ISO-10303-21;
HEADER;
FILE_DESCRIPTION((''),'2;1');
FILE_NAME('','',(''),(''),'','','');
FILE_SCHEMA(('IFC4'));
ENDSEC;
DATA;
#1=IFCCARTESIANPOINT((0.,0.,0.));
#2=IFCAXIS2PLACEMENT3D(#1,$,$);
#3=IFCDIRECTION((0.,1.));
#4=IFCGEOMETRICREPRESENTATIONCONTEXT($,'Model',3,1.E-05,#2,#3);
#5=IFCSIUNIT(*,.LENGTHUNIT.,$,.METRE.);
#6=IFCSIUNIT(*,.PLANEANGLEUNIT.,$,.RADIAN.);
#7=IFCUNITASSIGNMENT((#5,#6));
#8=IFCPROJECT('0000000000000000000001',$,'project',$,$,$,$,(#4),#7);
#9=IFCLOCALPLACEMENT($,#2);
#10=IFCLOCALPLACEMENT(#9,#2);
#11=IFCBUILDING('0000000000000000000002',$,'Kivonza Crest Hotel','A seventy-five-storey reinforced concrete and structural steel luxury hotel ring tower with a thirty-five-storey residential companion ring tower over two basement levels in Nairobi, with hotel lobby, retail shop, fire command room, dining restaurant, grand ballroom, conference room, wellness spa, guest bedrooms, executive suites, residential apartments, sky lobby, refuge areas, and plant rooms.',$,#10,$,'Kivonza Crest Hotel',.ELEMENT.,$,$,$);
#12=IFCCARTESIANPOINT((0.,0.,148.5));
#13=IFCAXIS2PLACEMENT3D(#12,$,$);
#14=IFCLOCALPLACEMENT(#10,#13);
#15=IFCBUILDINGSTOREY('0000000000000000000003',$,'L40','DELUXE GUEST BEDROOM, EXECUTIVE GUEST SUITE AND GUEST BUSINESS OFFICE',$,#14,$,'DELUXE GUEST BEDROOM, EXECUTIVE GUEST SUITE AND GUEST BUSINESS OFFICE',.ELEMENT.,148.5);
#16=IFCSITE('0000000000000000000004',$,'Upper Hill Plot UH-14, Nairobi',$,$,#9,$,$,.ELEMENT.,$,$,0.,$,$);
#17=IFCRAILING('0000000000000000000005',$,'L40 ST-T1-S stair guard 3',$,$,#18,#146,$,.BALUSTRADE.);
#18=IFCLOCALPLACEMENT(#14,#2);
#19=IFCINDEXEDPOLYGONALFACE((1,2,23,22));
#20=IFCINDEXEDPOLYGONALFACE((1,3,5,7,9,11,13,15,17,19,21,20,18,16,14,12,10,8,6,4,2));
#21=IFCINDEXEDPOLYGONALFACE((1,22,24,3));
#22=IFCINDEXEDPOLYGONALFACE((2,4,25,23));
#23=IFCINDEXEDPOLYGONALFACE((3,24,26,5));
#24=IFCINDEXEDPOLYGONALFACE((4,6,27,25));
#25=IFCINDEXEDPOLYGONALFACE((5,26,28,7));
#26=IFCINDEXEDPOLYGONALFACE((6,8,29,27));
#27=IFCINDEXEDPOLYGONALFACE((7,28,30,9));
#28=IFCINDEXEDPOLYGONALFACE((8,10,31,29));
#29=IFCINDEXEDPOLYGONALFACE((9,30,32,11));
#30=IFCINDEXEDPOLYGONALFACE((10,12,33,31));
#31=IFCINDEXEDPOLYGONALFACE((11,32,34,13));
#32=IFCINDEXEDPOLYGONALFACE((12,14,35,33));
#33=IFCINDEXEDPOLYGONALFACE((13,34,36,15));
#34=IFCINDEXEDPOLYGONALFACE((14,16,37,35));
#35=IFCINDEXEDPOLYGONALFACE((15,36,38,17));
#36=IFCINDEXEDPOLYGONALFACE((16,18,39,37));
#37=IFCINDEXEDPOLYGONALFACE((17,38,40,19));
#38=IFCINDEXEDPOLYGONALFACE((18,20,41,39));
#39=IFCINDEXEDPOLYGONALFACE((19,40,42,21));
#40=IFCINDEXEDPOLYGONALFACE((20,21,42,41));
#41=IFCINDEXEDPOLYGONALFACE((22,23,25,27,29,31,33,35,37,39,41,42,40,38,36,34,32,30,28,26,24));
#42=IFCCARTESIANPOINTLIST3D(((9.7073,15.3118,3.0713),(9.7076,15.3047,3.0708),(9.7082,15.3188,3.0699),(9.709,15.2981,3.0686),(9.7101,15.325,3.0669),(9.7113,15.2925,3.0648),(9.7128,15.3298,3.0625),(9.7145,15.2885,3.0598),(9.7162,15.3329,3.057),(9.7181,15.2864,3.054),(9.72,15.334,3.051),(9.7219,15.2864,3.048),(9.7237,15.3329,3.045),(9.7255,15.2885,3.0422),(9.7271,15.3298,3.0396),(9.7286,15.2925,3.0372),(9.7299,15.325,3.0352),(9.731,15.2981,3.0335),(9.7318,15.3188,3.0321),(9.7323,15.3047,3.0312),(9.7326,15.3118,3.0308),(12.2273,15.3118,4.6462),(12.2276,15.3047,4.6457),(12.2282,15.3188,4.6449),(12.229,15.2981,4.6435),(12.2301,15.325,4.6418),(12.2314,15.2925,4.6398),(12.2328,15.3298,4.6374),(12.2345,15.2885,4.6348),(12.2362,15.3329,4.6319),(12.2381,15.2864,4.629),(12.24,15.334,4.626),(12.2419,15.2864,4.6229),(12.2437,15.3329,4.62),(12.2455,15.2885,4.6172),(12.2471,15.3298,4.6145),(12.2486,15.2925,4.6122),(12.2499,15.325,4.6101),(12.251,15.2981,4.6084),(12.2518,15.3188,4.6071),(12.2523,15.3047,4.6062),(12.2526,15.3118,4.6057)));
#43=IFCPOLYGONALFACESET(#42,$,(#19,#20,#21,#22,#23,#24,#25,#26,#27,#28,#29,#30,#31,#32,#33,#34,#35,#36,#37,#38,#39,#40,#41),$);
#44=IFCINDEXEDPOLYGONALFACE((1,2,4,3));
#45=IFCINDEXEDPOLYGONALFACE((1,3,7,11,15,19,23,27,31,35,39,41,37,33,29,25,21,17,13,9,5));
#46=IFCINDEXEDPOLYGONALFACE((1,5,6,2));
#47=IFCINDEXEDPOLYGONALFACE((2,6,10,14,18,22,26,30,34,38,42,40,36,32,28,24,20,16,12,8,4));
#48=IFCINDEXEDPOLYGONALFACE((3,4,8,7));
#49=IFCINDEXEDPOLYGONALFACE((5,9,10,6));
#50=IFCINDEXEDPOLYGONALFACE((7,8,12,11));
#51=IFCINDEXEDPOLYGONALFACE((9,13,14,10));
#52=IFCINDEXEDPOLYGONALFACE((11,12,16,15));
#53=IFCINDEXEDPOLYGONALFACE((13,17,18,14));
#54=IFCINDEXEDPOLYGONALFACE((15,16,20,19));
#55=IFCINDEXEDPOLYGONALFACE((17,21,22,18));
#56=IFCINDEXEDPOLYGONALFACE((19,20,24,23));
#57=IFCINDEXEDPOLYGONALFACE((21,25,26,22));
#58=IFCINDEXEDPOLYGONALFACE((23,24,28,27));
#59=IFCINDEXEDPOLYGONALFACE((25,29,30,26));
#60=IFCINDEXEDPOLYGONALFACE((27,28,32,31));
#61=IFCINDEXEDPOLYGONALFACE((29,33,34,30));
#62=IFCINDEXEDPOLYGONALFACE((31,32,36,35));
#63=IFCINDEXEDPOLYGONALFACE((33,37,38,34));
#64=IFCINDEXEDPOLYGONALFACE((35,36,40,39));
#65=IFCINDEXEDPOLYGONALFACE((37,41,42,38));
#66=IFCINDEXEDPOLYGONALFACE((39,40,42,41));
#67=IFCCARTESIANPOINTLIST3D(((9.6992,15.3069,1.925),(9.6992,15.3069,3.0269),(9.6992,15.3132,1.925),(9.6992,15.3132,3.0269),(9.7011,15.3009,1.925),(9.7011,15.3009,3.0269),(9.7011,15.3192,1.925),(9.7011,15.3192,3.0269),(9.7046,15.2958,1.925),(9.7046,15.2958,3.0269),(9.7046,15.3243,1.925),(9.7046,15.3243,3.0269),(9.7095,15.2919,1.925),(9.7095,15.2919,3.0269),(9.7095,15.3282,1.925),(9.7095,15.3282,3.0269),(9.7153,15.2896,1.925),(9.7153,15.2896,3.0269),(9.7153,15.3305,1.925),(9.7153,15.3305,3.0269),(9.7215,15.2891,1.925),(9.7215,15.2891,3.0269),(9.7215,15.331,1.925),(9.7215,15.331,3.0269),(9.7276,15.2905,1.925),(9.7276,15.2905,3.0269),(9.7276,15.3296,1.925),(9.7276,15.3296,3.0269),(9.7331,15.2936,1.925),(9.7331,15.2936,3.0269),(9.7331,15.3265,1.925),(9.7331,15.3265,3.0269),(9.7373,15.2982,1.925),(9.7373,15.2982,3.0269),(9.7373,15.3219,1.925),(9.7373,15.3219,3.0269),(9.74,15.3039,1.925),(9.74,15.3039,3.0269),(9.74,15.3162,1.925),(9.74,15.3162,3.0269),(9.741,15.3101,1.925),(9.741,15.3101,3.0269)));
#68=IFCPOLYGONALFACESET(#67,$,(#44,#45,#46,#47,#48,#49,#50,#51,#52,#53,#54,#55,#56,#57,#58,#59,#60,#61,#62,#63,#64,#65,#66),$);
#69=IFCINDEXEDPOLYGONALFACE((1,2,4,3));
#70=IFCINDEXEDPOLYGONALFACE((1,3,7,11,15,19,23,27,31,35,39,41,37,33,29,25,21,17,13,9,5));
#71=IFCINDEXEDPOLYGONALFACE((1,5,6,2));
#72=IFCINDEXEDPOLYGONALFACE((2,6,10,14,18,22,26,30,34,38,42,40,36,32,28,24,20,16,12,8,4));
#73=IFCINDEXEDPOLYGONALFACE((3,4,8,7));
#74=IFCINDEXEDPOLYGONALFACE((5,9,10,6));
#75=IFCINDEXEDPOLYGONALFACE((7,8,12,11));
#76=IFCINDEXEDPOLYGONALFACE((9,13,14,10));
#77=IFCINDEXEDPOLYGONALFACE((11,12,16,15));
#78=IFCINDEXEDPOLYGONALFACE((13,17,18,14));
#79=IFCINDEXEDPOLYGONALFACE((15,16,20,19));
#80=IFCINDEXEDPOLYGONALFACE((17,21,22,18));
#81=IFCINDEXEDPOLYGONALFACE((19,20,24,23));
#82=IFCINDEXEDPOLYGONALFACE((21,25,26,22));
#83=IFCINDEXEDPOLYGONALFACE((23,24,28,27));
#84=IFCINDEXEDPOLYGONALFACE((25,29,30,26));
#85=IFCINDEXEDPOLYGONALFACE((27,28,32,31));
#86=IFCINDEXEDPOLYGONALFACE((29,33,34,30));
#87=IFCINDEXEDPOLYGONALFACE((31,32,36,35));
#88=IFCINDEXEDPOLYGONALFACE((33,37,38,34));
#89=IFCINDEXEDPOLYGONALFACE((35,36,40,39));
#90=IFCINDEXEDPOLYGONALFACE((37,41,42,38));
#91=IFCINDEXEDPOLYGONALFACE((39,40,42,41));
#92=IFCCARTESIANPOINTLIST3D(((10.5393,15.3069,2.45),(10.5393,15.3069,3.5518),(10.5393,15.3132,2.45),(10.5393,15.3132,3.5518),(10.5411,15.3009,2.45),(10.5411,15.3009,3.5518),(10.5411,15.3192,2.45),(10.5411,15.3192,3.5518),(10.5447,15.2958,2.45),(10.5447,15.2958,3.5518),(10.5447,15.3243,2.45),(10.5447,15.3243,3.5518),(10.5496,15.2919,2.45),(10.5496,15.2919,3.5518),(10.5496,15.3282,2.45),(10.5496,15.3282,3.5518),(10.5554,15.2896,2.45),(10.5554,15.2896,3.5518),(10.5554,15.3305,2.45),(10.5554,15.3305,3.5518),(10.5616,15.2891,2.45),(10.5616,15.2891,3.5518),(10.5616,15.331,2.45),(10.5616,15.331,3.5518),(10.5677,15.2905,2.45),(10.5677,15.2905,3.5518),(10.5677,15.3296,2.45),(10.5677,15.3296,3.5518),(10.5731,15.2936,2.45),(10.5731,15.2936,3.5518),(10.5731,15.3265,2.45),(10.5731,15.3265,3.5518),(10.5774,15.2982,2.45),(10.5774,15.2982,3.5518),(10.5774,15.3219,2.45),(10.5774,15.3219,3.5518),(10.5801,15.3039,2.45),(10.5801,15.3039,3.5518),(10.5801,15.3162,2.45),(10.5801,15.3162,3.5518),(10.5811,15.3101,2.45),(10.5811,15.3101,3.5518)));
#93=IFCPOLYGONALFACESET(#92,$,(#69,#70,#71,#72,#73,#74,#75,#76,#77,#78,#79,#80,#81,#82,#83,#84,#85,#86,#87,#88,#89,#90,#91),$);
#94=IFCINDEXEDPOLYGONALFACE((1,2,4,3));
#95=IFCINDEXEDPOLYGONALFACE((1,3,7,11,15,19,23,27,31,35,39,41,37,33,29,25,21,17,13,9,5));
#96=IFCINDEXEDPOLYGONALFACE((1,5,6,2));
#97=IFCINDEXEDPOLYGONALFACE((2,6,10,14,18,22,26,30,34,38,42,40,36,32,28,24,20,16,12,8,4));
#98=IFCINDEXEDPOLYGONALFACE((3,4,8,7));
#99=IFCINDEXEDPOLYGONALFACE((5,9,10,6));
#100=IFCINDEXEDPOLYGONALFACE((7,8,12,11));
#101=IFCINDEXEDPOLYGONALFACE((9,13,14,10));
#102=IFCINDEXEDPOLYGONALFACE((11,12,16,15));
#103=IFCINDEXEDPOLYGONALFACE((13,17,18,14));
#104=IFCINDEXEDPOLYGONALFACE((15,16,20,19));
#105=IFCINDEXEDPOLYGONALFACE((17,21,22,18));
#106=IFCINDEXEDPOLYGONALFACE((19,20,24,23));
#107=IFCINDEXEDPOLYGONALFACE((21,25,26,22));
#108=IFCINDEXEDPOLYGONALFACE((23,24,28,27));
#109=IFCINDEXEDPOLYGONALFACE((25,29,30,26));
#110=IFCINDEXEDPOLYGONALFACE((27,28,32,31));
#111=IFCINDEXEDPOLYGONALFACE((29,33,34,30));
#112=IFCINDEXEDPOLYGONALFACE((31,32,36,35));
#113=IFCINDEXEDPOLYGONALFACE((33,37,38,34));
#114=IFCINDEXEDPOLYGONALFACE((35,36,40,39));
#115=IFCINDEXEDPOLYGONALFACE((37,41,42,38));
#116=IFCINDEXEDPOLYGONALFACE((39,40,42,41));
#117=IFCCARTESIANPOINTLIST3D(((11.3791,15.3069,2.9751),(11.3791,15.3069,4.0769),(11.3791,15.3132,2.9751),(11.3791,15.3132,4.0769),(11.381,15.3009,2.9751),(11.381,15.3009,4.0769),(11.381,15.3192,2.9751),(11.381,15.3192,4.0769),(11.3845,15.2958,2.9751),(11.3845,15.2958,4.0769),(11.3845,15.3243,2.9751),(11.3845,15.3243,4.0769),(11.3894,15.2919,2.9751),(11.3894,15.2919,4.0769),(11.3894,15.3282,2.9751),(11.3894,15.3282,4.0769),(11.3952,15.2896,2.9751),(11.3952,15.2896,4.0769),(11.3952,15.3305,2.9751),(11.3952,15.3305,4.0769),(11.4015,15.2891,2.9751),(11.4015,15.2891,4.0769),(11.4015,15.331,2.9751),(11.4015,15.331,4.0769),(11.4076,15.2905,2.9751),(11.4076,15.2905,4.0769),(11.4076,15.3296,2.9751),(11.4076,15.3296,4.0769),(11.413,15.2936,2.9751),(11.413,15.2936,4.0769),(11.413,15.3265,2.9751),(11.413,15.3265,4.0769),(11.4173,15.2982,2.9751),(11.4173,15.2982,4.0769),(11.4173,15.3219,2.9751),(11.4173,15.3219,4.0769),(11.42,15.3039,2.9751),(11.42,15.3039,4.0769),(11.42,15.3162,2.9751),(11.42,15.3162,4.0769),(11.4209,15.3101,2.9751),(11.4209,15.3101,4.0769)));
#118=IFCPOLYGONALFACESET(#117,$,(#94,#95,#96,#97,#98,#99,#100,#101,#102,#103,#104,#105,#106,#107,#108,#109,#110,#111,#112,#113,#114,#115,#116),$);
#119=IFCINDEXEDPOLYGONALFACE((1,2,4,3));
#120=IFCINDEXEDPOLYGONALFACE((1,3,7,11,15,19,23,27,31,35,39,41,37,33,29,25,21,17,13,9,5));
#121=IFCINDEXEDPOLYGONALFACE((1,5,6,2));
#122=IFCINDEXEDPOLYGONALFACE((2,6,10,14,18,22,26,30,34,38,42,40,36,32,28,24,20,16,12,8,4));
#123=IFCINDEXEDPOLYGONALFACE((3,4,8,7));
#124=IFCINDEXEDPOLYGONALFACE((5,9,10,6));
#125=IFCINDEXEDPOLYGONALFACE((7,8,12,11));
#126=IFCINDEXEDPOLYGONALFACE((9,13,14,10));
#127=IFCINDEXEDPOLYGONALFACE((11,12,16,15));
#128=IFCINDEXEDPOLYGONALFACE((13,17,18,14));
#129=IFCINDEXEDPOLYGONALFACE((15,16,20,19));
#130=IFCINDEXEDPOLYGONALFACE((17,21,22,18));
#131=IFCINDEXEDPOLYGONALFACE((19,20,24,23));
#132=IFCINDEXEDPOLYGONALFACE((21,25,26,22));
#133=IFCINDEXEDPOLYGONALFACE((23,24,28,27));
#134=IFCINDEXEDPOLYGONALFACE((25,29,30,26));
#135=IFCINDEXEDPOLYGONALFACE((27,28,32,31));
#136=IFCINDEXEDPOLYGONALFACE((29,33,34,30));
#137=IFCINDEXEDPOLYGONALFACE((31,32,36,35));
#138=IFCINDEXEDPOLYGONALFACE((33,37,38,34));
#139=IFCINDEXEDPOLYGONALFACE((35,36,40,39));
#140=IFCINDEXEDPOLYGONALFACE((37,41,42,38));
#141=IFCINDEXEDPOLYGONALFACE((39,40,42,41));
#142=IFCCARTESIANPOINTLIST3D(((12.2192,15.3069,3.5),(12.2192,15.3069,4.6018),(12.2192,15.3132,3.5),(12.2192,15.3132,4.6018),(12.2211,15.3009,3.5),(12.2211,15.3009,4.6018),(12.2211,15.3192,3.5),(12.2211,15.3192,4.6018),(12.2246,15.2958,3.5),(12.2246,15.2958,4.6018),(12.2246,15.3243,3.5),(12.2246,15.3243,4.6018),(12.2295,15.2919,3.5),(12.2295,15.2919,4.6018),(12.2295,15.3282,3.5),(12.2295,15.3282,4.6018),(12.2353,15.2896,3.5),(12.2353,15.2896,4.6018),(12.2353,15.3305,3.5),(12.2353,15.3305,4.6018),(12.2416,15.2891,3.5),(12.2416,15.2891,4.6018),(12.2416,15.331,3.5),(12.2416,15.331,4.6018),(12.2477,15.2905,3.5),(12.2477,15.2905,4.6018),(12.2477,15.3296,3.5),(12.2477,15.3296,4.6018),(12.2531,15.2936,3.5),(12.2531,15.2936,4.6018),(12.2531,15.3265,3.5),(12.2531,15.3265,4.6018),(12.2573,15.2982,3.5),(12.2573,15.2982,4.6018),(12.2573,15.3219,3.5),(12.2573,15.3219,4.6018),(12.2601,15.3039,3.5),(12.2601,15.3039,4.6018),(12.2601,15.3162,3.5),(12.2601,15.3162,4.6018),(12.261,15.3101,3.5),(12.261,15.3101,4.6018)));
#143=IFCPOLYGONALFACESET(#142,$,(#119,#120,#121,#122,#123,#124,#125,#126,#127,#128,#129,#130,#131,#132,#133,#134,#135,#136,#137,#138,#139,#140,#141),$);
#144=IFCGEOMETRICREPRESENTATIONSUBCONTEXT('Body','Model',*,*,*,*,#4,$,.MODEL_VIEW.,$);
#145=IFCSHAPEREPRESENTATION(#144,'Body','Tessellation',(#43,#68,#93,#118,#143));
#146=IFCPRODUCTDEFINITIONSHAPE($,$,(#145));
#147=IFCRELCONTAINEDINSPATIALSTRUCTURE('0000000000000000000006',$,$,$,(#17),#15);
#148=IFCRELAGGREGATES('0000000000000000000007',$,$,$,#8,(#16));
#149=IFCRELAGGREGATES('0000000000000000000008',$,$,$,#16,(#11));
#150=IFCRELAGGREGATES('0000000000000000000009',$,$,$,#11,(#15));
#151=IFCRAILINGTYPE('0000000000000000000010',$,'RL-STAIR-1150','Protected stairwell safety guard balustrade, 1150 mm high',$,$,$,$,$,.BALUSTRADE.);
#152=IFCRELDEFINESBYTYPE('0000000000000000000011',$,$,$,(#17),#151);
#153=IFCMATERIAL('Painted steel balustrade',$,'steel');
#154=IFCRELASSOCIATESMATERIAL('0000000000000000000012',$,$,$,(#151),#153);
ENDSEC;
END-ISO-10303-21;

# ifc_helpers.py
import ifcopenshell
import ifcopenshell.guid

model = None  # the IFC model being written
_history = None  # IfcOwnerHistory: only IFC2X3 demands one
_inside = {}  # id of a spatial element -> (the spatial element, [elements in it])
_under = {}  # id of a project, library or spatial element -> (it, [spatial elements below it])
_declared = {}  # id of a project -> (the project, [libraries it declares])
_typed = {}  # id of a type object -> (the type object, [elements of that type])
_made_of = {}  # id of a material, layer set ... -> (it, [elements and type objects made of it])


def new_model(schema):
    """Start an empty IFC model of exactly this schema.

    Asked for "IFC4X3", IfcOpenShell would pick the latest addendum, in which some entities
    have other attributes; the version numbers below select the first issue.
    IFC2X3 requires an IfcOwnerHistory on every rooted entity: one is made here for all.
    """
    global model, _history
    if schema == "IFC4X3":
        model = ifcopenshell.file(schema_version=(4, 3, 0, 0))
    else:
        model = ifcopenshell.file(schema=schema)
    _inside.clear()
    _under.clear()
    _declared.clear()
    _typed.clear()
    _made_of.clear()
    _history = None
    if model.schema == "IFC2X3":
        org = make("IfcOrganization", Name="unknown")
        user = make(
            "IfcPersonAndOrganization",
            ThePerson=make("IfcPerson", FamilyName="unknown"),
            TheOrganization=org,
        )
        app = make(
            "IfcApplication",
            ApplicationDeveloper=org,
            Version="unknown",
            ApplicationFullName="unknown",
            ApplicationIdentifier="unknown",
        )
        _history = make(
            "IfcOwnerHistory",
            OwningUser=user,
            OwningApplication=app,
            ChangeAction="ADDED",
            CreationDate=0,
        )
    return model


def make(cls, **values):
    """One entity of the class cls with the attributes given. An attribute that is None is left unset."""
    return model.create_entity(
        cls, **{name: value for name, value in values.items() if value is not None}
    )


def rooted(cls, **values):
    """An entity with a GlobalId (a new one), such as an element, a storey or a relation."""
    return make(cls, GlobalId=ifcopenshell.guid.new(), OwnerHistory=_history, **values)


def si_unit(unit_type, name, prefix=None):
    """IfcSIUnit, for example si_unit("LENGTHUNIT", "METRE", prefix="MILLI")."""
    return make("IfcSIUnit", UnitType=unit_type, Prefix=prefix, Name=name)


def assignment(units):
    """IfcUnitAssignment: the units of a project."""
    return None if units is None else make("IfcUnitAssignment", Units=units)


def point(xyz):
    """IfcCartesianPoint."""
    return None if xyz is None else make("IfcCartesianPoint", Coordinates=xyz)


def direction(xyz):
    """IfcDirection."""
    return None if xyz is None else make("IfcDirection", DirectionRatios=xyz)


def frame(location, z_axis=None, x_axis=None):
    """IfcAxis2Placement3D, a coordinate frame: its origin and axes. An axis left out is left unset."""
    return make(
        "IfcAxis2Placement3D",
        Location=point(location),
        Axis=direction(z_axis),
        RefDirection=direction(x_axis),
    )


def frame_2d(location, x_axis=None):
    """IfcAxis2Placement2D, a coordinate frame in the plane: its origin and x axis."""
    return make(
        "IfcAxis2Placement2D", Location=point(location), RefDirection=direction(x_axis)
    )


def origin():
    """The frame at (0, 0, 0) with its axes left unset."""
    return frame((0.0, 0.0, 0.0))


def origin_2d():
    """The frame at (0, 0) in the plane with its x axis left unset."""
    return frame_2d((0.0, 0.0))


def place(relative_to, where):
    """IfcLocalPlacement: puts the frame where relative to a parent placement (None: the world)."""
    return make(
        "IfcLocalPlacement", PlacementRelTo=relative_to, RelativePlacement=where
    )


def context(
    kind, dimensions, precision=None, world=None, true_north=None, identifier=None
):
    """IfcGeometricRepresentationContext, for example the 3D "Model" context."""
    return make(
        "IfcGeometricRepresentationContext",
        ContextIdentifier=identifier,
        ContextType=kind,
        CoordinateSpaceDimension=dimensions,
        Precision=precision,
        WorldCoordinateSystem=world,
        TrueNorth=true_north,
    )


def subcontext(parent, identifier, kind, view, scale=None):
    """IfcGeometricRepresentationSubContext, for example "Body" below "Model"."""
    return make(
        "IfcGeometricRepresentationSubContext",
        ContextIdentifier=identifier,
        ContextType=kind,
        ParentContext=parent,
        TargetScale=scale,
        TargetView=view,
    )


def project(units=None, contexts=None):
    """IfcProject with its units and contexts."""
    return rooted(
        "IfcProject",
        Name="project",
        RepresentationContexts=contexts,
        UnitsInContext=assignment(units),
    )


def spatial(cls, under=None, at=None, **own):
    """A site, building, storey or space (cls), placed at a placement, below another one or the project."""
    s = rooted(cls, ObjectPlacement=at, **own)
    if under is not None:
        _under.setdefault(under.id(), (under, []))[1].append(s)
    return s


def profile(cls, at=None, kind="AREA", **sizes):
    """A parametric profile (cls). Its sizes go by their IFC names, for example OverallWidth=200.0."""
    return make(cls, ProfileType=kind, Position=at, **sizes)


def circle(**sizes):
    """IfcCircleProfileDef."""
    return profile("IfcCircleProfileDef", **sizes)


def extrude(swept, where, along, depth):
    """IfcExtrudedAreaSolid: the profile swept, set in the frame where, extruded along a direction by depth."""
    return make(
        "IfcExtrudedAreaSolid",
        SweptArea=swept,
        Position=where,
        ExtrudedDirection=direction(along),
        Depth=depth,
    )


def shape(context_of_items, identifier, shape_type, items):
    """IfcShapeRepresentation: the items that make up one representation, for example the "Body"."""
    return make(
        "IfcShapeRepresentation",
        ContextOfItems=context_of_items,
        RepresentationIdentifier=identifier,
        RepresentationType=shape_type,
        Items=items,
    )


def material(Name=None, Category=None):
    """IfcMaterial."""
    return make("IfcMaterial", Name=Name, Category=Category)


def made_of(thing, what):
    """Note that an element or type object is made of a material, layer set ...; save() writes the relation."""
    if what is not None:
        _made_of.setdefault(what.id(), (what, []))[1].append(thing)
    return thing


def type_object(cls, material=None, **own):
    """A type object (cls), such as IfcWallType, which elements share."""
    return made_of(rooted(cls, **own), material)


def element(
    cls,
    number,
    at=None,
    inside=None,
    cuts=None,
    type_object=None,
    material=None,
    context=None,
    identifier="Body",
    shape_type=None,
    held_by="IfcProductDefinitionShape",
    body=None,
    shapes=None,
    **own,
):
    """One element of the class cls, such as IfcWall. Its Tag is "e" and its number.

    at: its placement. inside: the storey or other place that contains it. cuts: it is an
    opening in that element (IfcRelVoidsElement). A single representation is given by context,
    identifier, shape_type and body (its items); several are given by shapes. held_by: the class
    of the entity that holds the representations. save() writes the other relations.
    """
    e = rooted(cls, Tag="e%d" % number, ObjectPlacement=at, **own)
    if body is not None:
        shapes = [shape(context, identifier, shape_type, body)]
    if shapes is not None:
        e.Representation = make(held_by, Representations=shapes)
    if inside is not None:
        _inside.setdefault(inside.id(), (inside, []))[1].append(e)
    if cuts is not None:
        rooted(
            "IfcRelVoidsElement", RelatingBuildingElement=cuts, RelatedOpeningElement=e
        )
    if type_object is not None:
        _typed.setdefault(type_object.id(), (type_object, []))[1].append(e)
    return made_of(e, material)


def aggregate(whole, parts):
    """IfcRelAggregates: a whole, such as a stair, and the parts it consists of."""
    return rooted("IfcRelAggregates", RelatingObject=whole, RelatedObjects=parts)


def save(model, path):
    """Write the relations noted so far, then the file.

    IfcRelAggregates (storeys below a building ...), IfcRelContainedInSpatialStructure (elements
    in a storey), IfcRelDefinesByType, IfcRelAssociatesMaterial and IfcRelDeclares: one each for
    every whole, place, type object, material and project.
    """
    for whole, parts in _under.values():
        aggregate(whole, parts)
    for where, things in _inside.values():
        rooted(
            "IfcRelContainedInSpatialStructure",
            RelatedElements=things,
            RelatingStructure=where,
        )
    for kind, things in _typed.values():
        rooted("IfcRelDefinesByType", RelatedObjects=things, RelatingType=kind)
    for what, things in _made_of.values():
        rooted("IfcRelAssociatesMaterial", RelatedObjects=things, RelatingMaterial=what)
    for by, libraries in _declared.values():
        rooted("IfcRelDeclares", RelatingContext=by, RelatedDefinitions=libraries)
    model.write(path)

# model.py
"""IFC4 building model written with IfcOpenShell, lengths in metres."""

from ifc_helpers import new_model, si_unit, direction, frame, origin, origin_2d, place, context, subcontext, project, spatial, circle, extrude, material, type_object, element, save


model = new_model("IFC4")

# Units and contexts
model_context = context("Model", 3, precision=1e-05, world=origin(), true_north=direction((0.0, 1.0)))
body_context = subcontext(model_context, "Body", "Model", "MODEL_VIEW")
ifc_project = project(units=[si_unit("LENGTHUNIT", "METRE"), si_unit("PLANEANGLEUNIT", "RADIAN")], contexts=[model_context])

# Site, building, storey
site_placement = place(None, origin())
site = spatial("IfcSite", under=ifc_project, at=site_placement, Name="Upper Hill Plot UH-14, Nairobi", CompositionType="ELEMENT", RefElevation=0.0)
building_placement = place(site_placement, origin())
building = spatial("IfcBuilding", under=site, at=building_placement, Name="Kivonza Crest Hotel", Description="A seventy-five-storey reinforced concrete and structural steel luxury hotel ring tower with a thirty-five-storey residential companion ring tower over two basement levels in Nairobi, with hotel lobby, retail shop, fire command room, dining restaurant, grand ballroom, conference room, wellness spa, guest bedrooms, executive suites, residential apartments, sky lobby, refuge areas, and plant rooms.", LongName="Kivonza Crest Hotel", CompositionType="ELEMENT")
storey_placement = place(building_placement, frame((0.0, 0.0, 148.5)))
storey = spatial("IfcBuildingStorey", under=building, at=storey_placement, Name="L40", Description="DELUXE GUEST BEDROOM, EXECUTIVE GUEST SUITE AND GUEST BUSINESS OFFICE", LongName="DELUXE GUEST BEDROOM, EXECUTIVE GUEST SUITE AND GUEST BUSINESS OFFICE", CompositionType="ELEMENT", Elevation=148.5)

# Railing
ifc_material_1 = material(Name="Painted steel balustrade", Category="steel")
railing_type_1 = type_object("IfcRailingType", Name="RL-STAIR-1150", Description="Protected stairwell safety guard balustrade, 1150 mm high", PredefinedType="BALUSTRADE", material=ifc_material_1)
railing_1_placement = place(storey_placement, frame((9.72, 15.3101, 1.925)))
element("IfcRailing", 1, at=railing_1_placement, inside=storey, type_object=railing_type_1, Name="L40 ST-T1-S stair guard 3", PredefinedType="BALUSTRADE", context=body_context, shape_type="SweptSolid", body=[
    extrude(circle(Radius=0.0239, at=origin_2d()), frame((0.0, 0.0, 1.126), z_axis=(0.848008, 0.0, 0.529984), x_axis=(0.0, 1.0, 0.0)), (0.0, 0.0, 1.0), 2.9717),
    extrude(circle(Radius=0.021, at=origin_2d()), origin(), (0.0, 0.0, 1.0), 1.1018),
    extrude(circle(Radius=0.021, at=origin_2d()), frame((0.8401, 0.0, 0.5249)), (0.0, 0.0, 1.0), 1.1018),
    extrude(circle(Radius=0.021, at=origin_2d()), frame((1.6799, 0.0, 1.05)), (0.0, 0.0, 1.0), 1.1018),
    extrude(circle(Radius=0.021, at=origin_2d()), frame((2.52, 0.0, 1.575)), (0.0, 0.0, 1.0), 1.1018),
])

save(model, "model.ifc")
